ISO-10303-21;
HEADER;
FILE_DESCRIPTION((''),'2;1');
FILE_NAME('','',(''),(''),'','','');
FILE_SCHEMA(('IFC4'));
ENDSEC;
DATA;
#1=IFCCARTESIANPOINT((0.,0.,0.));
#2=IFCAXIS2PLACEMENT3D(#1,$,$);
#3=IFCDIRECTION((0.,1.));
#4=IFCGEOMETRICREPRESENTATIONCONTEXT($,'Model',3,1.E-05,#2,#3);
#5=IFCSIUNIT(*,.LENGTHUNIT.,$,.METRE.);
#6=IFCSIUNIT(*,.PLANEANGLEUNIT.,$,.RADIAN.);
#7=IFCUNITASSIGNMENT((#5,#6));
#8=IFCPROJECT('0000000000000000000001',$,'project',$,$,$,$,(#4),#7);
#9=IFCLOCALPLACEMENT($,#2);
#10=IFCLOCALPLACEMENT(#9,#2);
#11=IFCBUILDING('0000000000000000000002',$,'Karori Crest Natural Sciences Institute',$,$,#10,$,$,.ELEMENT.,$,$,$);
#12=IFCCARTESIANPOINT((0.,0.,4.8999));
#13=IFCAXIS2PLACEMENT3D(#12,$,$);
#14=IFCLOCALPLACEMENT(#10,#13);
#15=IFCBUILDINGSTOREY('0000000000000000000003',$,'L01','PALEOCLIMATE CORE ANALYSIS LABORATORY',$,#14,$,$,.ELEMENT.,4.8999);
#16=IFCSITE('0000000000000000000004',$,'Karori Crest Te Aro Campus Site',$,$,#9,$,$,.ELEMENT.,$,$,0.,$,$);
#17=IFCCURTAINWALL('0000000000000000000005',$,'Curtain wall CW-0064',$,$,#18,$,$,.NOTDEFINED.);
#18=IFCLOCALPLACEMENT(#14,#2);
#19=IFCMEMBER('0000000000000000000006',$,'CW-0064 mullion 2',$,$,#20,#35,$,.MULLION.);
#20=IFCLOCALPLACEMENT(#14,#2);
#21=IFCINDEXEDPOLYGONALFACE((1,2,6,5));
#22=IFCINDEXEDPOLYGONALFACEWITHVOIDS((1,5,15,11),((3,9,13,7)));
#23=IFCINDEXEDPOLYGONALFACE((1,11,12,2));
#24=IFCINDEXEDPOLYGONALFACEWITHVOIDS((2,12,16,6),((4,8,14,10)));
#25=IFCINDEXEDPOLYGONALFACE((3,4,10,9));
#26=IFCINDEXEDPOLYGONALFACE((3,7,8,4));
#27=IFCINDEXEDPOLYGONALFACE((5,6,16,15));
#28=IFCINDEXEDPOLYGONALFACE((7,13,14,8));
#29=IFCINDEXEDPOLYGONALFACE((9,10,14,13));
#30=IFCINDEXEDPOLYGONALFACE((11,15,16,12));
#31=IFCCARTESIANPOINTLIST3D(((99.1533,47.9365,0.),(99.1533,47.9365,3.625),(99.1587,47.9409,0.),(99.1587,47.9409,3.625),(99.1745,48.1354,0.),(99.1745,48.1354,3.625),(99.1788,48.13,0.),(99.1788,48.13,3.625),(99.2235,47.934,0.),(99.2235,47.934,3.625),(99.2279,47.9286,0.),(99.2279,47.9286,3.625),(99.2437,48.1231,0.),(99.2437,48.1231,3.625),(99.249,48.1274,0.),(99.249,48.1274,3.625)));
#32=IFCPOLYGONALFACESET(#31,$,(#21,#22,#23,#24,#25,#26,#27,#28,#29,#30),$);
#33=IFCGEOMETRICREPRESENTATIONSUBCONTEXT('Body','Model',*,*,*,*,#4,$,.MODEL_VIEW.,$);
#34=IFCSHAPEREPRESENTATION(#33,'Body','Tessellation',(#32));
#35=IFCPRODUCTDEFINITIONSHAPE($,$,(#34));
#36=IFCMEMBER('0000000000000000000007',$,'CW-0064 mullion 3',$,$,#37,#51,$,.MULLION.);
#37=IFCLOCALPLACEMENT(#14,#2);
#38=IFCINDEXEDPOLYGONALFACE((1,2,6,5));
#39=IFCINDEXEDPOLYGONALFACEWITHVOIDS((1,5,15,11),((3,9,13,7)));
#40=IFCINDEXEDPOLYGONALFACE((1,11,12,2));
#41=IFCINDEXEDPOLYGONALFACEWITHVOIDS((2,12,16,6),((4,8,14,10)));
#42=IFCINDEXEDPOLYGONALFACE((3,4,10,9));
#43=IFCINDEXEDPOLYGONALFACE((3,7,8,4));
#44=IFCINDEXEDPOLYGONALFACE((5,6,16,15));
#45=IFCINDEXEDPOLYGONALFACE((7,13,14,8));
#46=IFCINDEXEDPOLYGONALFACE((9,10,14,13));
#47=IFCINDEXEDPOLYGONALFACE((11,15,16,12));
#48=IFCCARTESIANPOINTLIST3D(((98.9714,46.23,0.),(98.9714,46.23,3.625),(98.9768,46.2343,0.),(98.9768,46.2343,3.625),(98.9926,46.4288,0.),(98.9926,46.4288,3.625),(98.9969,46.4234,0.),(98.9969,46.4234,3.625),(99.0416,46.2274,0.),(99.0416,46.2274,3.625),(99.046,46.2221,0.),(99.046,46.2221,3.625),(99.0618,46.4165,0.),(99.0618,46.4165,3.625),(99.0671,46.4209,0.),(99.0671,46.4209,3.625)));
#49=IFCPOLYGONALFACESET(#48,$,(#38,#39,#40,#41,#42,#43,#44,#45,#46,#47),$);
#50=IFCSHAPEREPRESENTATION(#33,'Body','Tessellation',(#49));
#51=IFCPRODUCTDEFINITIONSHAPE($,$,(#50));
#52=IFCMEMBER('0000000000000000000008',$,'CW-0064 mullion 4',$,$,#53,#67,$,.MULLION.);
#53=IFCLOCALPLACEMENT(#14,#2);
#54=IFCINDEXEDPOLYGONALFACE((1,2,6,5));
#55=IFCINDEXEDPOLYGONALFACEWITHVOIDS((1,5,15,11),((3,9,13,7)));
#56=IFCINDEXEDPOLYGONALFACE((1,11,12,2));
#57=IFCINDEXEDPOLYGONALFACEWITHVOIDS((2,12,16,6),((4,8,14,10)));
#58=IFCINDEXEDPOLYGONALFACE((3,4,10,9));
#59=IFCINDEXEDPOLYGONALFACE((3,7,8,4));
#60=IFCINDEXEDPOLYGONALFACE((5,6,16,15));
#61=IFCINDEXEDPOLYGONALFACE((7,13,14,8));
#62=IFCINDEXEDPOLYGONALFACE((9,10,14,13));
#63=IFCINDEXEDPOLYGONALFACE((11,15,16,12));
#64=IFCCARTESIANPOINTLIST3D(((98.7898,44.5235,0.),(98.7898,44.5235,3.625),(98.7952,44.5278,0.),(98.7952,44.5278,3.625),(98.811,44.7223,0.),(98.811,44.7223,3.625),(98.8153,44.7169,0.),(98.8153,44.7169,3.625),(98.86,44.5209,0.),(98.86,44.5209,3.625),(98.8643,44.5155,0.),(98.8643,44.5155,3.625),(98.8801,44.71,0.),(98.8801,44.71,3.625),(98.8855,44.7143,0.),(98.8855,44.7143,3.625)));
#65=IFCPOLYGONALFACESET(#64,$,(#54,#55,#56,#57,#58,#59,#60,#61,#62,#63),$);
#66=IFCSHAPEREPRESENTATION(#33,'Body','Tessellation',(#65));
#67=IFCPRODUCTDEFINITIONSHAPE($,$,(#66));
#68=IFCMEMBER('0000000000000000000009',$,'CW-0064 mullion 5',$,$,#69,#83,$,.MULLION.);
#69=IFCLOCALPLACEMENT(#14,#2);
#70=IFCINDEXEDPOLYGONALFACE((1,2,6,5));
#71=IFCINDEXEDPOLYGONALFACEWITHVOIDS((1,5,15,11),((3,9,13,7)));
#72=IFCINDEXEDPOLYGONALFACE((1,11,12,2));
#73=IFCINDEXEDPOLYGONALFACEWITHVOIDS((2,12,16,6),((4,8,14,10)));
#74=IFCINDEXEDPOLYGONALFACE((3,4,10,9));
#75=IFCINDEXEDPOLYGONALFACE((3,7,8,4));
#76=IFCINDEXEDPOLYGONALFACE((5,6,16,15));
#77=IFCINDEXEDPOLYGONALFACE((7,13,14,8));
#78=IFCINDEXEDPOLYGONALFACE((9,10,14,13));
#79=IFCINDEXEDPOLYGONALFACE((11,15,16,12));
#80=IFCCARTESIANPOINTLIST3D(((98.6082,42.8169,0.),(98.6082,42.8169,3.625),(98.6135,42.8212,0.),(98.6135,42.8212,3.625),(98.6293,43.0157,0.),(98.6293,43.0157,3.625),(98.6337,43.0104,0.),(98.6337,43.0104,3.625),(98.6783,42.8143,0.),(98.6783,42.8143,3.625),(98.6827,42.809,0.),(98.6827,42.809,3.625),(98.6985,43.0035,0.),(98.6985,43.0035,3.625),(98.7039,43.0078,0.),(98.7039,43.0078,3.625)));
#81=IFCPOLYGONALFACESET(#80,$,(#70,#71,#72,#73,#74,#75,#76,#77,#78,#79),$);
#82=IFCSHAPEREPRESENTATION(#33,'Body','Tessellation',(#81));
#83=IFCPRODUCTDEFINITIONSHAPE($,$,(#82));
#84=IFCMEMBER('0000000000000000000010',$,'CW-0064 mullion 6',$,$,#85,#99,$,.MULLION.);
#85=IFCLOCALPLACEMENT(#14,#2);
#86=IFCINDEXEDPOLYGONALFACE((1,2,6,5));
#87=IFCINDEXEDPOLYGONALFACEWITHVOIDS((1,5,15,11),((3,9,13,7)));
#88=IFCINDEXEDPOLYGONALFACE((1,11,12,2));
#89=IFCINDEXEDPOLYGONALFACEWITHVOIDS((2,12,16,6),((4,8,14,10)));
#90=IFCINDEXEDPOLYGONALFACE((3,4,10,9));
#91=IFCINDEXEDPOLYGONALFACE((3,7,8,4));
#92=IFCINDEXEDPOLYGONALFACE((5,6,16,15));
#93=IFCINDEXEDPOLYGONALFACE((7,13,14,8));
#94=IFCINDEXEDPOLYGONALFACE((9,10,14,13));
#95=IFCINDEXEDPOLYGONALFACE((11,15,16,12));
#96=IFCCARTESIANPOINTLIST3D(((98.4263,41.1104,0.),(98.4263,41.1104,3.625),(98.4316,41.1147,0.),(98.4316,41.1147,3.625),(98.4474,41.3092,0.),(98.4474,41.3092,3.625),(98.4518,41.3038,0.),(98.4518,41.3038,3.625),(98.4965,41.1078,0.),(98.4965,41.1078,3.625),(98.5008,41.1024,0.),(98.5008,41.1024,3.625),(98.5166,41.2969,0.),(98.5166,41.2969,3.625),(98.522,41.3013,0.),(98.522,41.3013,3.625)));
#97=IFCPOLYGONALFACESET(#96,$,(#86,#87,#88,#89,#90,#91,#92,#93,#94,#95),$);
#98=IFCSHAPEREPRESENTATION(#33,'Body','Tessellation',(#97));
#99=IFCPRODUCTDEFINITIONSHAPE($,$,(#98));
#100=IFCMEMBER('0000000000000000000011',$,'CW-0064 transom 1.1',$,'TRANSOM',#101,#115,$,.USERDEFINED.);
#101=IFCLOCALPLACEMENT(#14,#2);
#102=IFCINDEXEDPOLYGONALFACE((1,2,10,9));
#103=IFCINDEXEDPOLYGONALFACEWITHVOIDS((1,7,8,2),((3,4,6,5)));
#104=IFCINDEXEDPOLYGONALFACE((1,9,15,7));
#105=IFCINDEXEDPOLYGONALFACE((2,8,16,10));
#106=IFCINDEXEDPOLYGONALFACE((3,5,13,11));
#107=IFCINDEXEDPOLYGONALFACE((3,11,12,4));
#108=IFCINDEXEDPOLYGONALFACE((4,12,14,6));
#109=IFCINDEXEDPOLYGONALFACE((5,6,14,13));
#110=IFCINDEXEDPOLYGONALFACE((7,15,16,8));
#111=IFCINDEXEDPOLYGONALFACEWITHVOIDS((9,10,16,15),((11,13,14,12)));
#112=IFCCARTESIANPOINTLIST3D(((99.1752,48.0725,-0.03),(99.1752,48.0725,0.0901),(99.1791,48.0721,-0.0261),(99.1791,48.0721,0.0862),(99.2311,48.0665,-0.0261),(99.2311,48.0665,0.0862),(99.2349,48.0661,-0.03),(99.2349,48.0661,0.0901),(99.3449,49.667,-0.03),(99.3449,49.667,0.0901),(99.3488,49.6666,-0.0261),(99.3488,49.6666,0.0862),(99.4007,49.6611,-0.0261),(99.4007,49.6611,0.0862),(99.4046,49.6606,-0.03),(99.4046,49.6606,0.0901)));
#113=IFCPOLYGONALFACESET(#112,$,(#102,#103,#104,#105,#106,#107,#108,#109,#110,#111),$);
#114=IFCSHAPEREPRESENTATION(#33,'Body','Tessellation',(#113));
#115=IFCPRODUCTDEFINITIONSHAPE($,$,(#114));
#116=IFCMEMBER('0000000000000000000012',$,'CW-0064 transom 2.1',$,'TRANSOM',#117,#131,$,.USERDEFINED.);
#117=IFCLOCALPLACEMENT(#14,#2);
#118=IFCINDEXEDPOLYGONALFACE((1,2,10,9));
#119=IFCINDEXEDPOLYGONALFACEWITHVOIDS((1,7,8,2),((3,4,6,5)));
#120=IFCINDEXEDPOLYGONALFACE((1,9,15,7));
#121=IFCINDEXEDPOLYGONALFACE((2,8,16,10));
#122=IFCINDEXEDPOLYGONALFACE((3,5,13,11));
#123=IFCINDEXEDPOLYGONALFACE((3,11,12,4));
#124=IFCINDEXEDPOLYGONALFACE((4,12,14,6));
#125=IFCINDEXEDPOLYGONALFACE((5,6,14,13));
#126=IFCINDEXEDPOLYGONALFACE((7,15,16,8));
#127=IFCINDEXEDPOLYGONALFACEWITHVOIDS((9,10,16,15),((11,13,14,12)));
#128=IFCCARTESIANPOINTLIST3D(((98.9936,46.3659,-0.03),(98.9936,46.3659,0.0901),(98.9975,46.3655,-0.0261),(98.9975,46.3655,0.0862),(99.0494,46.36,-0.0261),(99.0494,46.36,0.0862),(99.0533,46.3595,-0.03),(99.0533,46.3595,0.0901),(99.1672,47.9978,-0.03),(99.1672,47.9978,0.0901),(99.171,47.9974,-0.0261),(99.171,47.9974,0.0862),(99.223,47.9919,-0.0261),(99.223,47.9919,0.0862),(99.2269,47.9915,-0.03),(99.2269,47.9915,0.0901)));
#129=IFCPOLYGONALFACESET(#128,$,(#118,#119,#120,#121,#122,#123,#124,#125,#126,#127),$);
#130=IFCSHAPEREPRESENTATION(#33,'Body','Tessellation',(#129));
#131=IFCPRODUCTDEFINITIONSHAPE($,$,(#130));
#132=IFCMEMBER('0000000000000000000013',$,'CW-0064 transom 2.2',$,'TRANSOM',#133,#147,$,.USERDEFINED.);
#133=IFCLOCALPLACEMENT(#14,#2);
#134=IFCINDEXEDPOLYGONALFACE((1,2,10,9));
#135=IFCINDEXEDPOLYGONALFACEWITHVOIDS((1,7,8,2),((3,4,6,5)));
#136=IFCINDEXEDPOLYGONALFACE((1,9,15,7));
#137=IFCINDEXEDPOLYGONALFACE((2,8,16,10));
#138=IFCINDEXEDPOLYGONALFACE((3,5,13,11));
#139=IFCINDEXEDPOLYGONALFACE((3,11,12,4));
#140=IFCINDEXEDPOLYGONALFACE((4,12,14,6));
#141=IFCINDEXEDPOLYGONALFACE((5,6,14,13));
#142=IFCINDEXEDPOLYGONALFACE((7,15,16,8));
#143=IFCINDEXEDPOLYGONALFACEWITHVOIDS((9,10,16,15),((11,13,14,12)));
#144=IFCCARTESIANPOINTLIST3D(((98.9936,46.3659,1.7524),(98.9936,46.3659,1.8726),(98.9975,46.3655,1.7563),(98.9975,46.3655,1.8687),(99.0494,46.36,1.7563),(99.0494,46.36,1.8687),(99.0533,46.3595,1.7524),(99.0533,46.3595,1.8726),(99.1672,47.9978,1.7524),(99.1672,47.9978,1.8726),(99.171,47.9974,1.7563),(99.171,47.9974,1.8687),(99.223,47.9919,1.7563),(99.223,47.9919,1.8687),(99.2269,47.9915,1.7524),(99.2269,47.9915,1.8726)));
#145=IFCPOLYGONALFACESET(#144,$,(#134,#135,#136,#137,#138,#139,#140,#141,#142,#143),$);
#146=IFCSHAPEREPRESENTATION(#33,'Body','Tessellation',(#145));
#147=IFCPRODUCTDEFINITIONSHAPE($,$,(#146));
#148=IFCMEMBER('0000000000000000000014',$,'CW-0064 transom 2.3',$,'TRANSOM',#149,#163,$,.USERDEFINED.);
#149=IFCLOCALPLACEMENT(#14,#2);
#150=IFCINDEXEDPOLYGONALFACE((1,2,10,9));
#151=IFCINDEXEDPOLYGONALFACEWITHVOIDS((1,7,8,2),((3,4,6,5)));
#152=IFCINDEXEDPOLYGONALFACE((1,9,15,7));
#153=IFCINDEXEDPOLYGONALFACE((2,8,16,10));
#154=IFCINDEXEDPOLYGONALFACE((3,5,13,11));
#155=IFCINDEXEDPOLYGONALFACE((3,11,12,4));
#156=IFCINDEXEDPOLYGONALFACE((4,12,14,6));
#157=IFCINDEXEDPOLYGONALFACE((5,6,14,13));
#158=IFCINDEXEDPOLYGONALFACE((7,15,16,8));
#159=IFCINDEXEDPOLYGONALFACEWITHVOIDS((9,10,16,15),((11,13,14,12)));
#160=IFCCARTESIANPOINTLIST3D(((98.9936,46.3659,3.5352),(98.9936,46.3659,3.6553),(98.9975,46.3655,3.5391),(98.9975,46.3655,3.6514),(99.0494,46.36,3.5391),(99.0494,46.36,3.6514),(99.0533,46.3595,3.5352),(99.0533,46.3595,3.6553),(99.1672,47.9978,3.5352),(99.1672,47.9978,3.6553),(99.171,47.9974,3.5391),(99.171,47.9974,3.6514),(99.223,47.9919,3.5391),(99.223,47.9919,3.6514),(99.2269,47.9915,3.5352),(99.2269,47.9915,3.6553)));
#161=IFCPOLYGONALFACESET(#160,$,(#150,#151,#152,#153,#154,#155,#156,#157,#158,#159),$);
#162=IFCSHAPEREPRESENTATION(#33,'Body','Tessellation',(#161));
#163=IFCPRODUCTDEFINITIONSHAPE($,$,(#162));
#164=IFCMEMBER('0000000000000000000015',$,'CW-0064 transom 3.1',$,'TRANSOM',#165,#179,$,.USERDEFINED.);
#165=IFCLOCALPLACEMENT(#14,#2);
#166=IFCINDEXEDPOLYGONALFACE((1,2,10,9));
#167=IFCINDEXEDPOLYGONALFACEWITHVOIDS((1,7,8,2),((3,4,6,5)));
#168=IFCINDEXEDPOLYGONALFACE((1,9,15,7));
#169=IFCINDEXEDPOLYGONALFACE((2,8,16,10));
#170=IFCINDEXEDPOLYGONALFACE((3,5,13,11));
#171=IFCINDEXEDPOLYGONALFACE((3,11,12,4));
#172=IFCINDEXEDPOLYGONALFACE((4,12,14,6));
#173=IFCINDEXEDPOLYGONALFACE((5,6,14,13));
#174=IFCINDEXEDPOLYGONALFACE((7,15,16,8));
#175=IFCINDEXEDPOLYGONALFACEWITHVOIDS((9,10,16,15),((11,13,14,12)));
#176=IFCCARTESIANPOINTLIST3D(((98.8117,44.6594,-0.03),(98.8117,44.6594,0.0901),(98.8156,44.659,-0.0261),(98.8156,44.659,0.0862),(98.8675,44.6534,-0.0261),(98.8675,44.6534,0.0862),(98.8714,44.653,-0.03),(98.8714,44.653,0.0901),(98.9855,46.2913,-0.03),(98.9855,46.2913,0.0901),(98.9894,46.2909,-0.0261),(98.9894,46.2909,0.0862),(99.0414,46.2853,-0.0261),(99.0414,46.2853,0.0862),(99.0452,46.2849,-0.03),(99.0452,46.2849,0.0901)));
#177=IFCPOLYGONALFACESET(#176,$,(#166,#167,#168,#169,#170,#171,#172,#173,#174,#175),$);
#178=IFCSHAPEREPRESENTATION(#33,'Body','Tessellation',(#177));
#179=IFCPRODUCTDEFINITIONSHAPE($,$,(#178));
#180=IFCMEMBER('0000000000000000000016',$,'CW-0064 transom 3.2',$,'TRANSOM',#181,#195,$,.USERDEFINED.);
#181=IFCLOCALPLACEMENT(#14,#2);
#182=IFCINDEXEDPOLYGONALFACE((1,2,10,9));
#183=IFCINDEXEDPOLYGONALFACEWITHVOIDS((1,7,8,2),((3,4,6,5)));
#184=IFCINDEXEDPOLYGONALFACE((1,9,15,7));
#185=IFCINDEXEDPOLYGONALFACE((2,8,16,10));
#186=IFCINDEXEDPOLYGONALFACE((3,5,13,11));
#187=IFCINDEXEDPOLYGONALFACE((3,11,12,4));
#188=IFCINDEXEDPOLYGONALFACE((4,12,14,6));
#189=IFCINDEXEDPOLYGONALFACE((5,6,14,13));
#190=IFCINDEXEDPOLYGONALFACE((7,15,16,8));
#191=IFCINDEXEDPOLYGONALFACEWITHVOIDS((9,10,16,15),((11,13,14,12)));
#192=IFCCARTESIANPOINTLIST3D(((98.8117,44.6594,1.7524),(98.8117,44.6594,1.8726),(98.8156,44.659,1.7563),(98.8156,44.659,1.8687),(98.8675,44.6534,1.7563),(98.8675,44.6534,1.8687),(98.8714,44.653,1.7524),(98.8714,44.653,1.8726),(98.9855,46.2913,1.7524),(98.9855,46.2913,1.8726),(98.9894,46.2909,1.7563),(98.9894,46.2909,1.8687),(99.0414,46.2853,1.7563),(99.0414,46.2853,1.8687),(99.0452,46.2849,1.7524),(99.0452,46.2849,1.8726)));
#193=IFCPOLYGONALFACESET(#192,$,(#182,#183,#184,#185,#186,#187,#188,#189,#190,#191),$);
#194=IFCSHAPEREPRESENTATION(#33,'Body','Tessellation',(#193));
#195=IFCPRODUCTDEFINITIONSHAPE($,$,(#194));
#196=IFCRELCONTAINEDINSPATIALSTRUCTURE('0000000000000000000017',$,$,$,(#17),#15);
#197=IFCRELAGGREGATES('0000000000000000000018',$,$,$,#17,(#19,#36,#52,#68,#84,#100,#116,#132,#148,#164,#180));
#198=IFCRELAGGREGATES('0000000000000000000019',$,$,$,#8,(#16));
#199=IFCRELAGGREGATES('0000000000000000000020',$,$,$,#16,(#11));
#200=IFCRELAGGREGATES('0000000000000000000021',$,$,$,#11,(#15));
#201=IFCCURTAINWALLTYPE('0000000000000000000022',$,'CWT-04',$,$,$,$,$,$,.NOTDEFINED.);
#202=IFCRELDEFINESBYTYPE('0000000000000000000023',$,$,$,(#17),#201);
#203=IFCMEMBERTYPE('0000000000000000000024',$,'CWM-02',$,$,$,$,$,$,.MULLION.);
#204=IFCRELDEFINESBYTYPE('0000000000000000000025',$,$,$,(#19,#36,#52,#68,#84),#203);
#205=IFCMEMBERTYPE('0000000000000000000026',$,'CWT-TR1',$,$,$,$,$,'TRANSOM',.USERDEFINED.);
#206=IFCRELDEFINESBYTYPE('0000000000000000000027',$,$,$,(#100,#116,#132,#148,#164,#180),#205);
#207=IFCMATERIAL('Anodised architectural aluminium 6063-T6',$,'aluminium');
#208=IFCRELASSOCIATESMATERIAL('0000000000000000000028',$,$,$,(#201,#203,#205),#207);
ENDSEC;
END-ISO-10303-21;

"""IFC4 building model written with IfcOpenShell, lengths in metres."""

from ifc_helpers import new_model, si_unit, direction, frame, origin, origin_2d, place, context, subcontext, project, spatial, hollow_rectangle, extrude, material, material_profile, profile_set, type_object, element, aggregate, save


model = new_model("IFC4")

# Units and contexts
model_context = context("Model", 3, precision=1e-05, world=origin(), true_north=direction((0.0, 1.0)))
body_context = subcontext(model_context, "Body", "Model", "MODEL_VIEW")
ifc_project = project(units=[si_unit("LENGTHUNIT", "METRE"), si_unit("PLANEANGLEUNIT", "RADIAN")], contexts=[model_context])

# Site, building, storey
site_placement = place(None, origin())
site = spatial("IfcSite", under=ifc_project, at=site_placement, Name="Karori Crest Te Aro Campus Site", CompositionType="ELEMENT", RefElevation=0.0)
building_placement = place(site_placement, origin())
building = spatial("IfcBuilding", under=site, at=building_placement, Name="Karori Crest Natural Sciences Institute", CompositionType="ELEMENT")
storey_placement = place(building_placement, frame((0.0, 0.0, 4.8999)))
storey = spatial("IfcBuildingStorey", under=building, at=storey_placement, Name="L01", Description="PALEOCLIMATE CORE ANALYSIS LABORATORY", CompositionType="ELEMENT", Elevation=4.8999)

# Curtain wall, members
ifc_material_1 = material(Name="Anodised architectural aluminium 6063-T6", Category="aluminium")
curtain_wall_type = type_object("IfcCurtainWallType", Name="CWT-04", PredefinedType="NOTDEFINED", material=ifc_material_1)
curtain_wall_placement = place(storey_placement, origin())
curtain_wall = element("IfcCurtainWall", 1, at=curtain_wall_placement, inside=storey, type_object=curtain_wall_type, Name="Curtain wall CW-0064", PredefinedType="NOTDEFINED")
ifc_material_profile_1 = material_profile(ifc_material_1, hollow_rectangle(XDim=0.075, YDim=0.2, WallThickness=0.0049, at=origin_2d()), Name="CWM200x75x5")
ifc_profile_set_1 = profile_set([ifc_material_profile_1], Name="Anodised architectural aluminium 6063-T6")
member_type_1 = type_object("IfcMemberType", Name="CWM-02", PredefinedType="MULLION", material=ifc_profile_set_1)
member_1_placement = place(storey_placement, frame((99.2012, 48.032, 0.0), z_axis=(0.0, 0.0, 1.0), x_axis=(0.994378, -0.105884, 0.0)))
member_1 = element("IfcMember", 2, at=member_1_placement, type_object=member_type_1, Name="CW-0064 mullion 2", PredefinedType="MULLION", context=body_context, shape_type="SweptSolid", body=[
    extrude(hollow_rectangle(XDim=0.075, YDim=0.2, WallThickness=0.0049, at=origin_2d()), origin(), (0.0, 0.0, 1.0), 3.625),
])
member_2_placement = place(storey_placement, frame((99.0193, 46.3254, 0.0), z_axis=(0.0, 0.0, 1.0), x_axis=(0.994378, -0.105884, 0.0)))
member_2 = element("IfcMember", 3, at=member_2_placement, type_object=member_type_1, Name="CW-0064 mullion 3", PredefinedType="MULLION", context=body_context, shape_type="SweptSolid", body=[
    extrude(hollow_rectangle(XDim=0.075, YDim=0.2, WallThickness=0.0049, at=origin_2d()), origin(), (0.0, 0.0, 1.0), 3.625),
])
member_3_placement = place(storey_placement, frame((98.8376, 44.6189, 0.0), z_axis=(0.0, 0.0, 1.0), x_axis=(0.994378, -0.105884, 0.0)))
member_3 = element("IfcMember", 4, at=member_3_placement, type_object=member_type_1, Name="CW-0064 mullion 4", PredefinedType="MULLION", context=body_context, shape_type="SweptSolid", body=[
    extrude(hollow_rectangle(XDim=0.075, YDim=0.2, WallThickness=0.0049, at=origin_2d()), origin(), (0.0, 0.0, 1.0), 3.625),
])
member_4_placement = place(storey_placement, frame((98.656, 42.9124, 0.0), z_axis=(0.0, 0.0, 1.0), x_axis=(0.994378, -0.105884, 0.0)))
member_4 = element("IfcMember", 5, at=member_4_placement, type_object=member_type_1, Name="CW-0064 mullion 5", PredefinedType="MULLION", context=body_context, shape_type="SweptSolid", body=[
    extrude(hollow_rectangle(XDim=0.075, YDim=0.2, WallThickness=0.0049, at=origin_2d()), origin(), (0.0, 0.0, 1.0), 3.625),
])
member_5_placement = place(storey_placement, frame((98.4741, 41.2058, 0.0), z_axis=(0.0, 0.0, 1.0), x_axis=(0.994378, -0.105884, 0.0)))
member_5 = element("IfcMember", 6, at=member_5_placement, type_object=member_type_1, Name="CW-0064 mullion 6", PredefinedType="MULLION", context=body_context, shape_type="SweptSolid", body=[
    extrude(hollow_rectangle(XDim=0.075, YDim=0.2, WallThickness=0.0049, at=origin_2d()), origin(), (0.0, 0.0, 1.0), 3.625),
])
ifc_material_profile_2 = material_profile(ifc_material_1, hollow_rectangle(XDim=0.0601, YDim=0.1201, WallThickness=0.0039, at=origin_2d()), Name="CWT120x60x4")
ifc_profile_set_2 = profile_set([ifc_material_profile_2], Name="Anodised architectural aluminium 6063-T6")
member_type_2 = type_object("IfcMemberType", Name="CWT-TR1", ElementType="TRANSOM", PredefinedType="USERDEFINED", material=ifc_profile_set_2)
member_6_placement = place(storey_placement, frame((99.3748, 49.6638, 0.03), z_axis=(-0.105818, -0.994386, 0.0), x_axis=(0.994386, -0.105818, 0.0)))
member_6 = element("IfcMember", 7, at=member_6_placement, type_object=member_type_2, Name="CW-0064 transom 1.1", ObjectType="TRANSOM", PredefinedType="USERDEFINED", context=body_context, shape_type="SweptSolid", body=[
    extrude(hollow_rectangle(XDim=0.0601, YDim=0.1201, WallThickness=0.0039, at=origin_2d()), origin(), (0.0, 0.0, 1.0), 1.6035),
])
member_7_placement = place(storey_placement, frame((99.197, 47.9946, 0.03), z_axis=(-0.105777, -0.99439, 0.0), x_axis=(0.99439, -0.105777, 0.0)))
member_7 = element("IfcMember", 8, at=member_7_placement, type_object=member_type_2, Name="CW-0064 transom 2.1", ObjectType="TRANSOM", PredefinedType="USERDEFINED", context=body_context, shape_type="SweptSolid", body=[
    extrude(hollow_rectangle(XDim=0.0601, YDim=0.1201, WallThickness=0.0039, at=origin_2d()), origin(), (0.0, 0.0, 1.0), 1.6411),
])
member_8_placement = place(storey_placement, frame((99.197, 47.9946, 1.8125), z_axis=(-0.105777, -0.99439, 0.0), x_axis=(0.99439, -0.105777, 0.0)))
member_8 = element("IfcMember", 9, at=member_8_placement, type_object=member_type_2, Name="CW-0064 transom 2.2", ObjectType="TRANSOM", PredefinedType="USERDEFINED", context=body_context, shape_type="SweptSolid", body=[
    extrude(hollow_rectangle(XDim=0.0601, YDim=0.1201, WallThickness=0.0039, at=origin_2d()), origin(), (0.0, 0.0, 1.0), 1.6411),
])
member_9_placement = place(storey_placement, frame((99.197, 47.9946, 3.5952), z_axis=(-0.105777, -0.99439, 0.0), x_axis=(0.99439, -0.105777, 0.0)))
member_9 = element("IfcMember", 10, at=member_9_placement, type_object=member_type_2, Name="CW-0064 transom 2.3", ObjectType="TRANSOM", PredefinedType="USERDEFINED", context=body_context, shape_type="SweptSolid", body=[
    extrude(hollow_rectangle(XDim=0.0601, YDim=0.1201, WallThickness=0.0039, at=origin_2d()), origin(), (0.0, 0.0, 1.0), 1.6411),
])
member_10_placement = place(storey_placement, frame((99.0154, 46.2881, 0.03), z_axis=(-0.105924, -0.994374, 0.0), x_axis=(0.994374, -0.105924, 0.0)))
member_10 = element("IfcMember", 11, at=member_10_placement, type_object=member_type_2, Name="CW-0064 transom 3.1", ObjectType="TRANSOM", PredefinedType="USERDEFINED", context=body_context, shape_type="SweptSolid", body=[
    extrude(hollow_rectangle(XDim=0.0601, YDim=0.1201, WallThickness=0.0039, at=origin_2d()), origin(), (0.0, 0.0, 1.0), 1.6411),
])
member_11_placement = place(storey_placement, frame((99.0154, 46.2881, 1.8125), z_axis=(-0.105924, -0.994374, 0.0), x_axis=(0.994374, -0.105924, 0.0)))
member_11 = element("IfcMember", 12, at=member_11_placement, type_object=member_type_2, Name="CW-0064 transom 3.2", ObjectType="TRANSOM", PredefinedType="USERDEFINED", context=body_context, shape_type="SweptSolid", body=[
    extrude(hollow_rectangle(XDim=0.0601, YDim=0.1201, WallThickness=0.0039, at=origin_2d()), origin(), (0.0, 0.0, 1.0), 1.6411),
])
aggregate(curtain_wall, [member_1, member_2, member_3, member_4, member_5, member_6, member_7, member_8, member_9, member_10, member_11])

save(model, "model.ifc")
